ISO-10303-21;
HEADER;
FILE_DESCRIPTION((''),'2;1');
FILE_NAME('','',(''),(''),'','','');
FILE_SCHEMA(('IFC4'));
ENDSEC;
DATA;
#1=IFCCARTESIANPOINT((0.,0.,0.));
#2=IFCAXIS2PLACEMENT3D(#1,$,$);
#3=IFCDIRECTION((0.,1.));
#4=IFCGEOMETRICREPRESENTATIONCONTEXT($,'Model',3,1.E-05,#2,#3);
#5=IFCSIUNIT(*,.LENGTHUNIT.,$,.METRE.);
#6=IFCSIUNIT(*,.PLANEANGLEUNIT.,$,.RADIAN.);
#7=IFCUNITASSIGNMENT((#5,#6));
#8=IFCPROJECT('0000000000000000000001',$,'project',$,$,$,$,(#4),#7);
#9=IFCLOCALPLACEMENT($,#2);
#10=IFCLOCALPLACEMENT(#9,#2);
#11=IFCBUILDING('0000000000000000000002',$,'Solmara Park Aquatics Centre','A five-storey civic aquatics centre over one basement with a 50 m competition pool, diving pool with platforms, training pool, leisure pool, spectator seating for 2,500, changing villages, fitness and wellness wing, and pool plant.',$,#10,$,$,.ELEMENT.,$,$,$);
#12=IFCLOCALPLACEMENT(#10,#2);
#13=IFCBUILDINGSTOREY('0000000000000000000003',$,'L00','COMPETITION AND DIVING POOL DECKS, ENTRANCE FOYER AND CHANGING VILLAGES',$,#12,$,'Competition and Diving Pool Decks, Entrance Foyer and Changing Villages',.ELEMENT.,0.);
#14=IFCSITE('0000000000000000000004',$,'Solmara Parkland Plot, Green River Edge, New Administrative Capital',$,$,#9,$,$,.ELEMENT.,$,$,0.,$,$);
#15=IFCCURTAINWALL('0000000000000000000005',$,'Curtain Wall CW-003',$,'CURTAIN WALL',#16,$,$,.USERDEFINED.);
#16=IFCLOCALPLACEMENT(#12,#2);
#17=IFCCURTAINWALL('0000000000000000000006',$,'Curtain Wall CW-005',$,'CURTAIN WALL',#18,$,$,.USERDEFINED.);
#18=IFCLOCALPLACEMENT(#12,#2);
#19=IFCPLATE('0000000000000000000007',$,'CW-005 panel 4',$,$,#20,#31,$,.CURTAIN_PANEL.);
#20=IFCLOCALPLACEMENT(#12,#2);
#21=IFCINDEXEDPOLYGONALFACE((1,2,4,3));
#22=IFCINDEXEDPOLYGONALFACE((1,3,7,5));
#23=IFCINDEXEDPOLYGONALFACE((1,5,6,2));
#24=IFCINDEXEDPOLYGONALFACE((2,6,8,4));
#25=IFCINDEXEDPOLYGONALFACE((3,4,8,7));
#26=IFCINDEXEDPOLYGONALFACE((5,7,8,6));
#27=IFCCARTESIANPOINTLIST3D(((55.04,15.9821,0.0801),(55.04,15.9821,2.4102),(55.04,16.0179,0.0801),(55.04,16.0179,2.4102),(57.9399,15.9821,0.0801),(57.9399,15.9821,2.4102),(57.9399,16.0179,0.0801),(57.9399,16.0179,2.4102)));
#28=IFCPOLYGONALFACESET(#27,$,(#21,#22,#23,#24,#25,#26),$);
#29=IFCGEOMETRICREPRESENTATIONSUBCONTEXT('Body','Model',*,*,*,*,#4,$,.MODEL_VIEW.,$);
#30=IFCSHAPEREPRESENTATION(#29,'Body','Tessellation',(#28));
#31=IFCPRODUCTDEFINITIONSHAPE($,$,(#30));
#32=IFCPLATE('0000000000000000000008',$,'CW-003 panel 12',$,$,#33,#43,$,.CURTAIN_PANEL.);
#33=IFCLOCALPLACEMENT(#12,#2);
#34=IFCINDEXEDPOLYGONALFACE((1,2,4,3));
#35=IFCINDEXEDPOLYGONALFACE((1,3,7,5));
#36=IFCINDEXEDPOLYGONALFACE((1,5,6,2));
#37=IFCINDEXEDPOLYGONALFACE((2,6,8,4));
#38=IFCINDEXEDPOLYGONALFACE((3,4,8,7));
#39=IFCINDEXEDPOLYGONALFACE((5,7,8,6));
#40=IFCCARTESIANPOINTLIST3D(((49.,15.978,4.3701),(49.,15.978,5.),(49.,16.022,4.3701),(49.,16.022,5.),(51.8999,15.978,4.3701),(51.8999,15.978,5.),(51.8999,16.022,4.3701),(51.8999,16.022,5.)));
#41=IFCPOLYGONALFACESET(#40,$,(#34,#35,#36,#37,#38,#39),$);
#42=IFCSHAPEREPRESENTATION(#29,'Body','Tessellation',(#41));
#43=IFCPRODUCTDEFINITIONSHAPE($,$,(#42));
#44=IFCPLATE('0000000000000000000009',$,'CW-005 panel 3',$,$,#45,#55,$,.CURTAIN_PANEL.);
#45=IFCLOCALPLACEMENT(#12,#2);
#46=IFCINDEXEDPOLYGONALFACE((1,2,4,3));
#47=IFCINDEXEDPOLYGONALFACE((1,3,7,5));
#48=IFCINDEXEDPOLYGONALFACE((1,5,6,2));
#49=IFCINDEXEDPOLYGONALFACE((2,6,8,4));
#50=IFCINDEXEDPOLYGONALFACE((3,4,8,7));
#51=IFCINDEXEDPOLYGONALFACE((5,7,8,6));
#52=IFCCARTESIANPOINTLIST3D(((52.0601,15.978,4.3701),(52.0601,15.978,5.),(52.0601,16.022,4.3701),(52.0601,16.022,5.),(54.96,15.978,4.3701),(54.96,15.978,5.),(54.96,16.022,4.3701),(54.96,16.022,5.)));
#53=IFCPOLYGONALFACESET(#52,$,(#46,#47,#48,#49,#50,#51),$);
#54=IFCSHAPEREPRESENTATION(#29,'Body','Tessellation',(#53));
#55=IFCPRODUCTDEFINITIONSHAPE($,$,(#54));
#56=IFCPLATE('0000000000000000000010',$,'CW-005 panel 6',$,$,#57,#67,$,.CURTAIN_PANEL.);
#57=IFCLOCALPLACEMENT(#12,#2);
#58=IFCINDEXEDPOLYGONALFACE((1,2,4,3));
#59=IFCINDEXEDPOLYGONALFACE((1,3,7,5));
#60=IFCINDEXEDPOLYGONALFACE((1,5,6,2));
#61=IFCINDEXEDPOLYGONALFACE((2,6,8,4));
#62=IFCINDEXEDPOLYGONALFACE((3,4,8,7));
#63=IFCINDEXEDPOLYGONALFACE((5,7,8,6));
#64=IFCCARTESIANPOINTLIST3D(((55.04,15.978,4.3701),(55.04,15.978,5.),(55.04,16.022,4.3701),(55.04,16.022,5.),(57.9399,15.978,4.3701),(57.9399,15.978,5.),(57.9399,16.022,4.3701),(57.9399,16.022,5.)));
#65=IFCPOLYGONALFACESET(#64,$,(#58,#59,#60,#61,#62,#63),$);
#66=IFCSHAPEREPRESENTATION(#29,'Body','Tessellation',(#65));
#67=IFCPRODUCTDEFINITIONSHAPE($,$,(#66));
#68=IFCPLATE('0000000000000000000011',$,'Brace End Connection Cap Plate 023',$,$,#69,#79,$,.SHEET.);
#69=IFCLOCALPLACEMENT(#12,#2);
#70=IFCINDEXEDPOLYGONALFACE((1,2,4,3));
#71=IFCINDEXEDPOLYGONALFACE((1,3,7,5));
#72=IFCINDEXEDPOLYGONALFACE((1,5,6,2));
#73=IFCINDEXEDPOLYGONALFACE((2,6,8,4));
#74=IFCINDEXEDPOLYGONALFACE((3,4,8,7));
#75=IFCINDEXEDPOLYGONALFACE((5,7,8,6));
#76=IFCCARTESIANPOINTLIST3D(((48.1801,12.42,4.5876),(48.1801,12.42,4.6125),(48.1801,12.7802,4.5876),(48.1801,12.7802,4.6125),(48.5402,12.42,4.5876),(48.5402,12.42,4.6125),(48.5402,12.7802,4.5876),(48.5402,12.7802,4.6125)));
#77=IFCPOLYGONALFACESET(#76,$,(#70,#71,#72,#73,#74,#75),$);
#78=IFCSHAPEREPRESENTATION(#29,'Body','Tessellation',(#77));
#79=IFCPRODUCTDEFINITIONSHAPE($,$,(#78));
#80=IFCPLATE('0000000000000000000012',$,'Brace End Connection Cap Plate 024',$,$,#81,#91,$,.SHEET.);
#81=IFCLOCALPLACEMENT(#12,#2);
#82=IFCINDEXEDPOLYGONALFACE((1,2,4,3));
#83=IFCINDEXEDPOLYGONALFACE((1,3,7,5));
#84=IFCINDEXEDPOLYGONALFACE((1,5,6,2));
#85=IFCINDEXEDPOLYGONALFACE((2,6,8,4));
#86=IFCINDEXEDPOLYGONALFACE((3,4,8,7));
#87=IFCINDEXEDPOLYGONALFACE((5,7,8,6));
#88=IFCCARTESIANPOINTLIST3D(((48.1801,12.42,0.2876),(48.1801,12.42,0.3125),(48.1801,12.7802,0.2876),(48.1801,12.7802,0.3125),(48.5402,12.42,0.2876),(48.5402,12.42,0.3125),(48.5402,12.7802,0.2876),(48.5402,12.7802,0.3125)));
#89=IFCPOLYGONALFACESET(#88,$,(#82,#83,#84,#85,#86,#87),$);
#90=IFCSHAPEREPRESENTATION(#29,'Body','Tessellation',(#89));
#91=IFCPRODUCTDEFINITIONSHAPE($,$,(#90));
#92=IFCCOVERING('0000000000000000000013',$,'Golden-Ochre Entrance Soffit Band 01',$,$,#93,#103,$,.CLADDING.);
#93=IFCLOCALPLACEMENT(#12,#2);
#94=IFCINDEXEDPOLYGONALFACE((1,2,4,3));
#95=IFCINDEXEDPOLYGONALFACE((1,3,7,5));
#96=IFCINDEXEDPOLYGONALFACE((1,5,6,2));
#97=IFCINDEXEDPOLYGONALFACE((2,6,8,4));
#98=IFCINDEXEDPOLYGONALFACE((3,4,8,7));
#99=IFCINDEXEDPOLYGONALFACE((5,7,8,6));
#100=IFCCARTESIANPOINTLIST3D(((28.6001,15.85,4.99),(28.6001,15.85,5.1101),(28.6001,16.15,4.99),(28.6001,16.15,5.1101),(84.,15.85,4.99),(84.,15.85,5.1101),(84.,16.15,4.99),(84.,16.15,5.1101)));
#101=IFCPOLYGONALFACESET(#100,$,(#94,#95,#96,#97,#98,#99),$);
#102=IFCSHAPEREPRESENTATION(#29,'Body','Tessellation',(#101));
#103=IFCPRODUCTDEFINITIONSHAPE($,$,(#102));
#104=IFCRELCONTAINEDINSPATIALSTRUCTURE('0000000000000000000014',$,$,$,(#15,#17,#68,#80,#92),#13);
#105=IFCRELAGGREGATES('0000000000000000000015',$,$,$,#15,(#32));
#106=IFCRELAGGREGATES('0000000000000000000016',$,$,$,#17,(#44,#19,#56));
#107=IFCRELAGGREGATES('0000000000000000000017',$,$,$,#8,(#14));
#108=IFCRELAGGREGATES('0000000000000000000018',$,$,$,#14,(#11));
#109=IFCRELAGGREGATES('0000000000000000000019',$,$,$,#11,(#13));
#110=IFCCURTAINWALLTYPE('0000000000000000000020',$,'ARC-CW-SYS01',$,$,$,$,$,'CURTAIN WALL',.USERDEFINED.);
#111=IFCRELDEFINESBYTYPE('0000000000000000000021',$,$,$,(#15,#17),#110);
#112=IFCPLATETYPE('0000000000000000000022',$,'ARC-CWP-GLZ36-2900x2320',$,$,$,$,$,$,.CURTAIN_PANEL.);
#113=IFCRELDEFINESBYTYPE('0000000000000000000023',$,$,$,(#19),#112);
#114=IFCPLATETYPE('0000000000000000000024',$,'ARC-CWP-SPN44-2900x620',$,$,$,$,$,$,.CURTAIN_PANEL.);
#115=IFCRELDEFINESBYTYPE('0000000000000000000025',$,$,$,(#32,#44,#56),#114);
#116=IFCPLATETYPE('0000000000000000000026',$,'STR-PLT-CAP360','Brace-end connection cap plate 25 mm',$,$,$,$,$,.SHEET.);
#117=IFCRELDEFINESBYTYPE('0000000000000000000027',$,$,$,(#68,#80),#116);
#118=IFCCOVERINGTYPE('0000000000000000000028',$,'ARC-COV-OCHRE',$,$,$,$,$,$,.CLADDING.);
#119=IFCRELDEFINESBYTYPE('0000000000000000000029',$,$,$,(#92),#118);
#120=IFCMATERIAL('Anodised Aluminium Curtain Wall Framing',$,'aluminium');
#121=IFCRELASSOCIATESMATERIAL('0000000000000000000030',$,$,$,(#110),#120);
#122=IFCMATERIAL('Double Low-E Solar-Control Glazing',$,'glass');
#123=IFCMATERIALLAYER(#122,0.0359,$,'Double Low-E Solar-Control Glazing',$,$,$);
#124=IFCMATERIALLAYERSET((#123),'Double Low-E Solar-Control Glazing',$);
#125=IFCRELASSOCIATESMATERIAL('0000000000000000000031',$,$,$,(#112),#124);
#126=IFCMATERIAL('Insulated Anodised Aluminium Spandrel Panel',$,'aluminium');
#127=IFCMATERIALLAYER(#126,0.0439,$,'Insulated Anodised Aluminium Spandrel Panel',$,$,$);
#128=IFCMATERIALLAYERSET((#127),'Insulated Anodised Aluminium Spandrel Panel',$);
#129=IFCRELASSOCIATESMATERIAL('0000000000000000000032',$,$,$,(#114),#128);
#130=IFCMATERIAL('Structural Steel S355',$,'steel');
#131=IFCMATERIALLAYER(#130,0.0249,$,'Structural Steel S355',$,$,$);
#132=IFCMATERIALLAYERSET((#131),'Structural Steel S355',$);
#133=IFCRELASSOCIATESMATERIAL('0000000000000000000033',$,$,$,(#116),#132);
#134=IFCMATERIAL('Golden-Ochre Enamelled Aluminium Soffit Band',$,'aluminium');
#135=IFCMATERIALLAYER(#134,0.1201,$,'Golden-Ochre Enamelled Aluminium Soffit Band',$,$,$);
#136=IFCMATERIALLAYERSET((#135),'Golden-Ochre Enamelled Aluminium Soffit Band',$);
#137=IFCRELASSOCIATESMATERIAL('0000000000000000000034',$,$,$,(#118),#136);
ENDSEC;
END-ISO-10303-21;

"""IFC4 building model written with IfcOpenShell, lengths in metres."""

from ifc_helpers import new_model, si_unit, direction, frame, origin, origin_2d, place, context, subcontext, project, spatial, rectangle, extrude, material, layer, layer_set, type_object, element, aggregate, save


model = new_model("IFC4")

# Units and contexts
model_context = context("Model", 3, precision=1e-05, world=origin(), true_north=direction((0.0, 1.0)))
body_context = subcontext(model_context, "Body", "Model", "MODEL_VIEW")
ifc_project = project(units=[si_unit("LENGTHUNIT", "METRE"), si_unit("PLANEANGLEUNIT", "RADIAN")], contexts=[model_context])

# Site, building, storey
site_placement = place(None, origin())
site = spatial("IfcSite", under=ifc_project, at=site_placement, Name="Solmara Parkland Plot, Green River Edge, New Administrative Capital", CompositionType="ELEMENT", RefElevation=0.0)
building_placement = place(site_placement, origin())
building = spatial("IfcBuilding", under=site, at=building_placement, Name="Solmara Park Aquatics Centre", Description="A five-storey civic aquatics centre over one basement with a 50 m competition pool, diving pool with platforms, training pool, leisure pool, spectator seating for 2,500, changing villages, fitness and wellness wing, and pool plant.", CompositionType="ELEMENT")
storey_placement = place(building_placement, origin())
storey = spatial("IfcBuildingStorey", under=building, at=storey_placement, Name="L00", Description="COMPETITION AND DIVING POOL DECKS, ENTRANCE FOYER AND CHANGING VILLAGES", LongName="Competition and Diving Pool Decks, Entrance Foyer and Changing Villages", CompositionType="ELEMENT", Elevation=0.0)

# Shared definitions
ifc_material_1 = material(Name="Structural Steel S355", Category="steel")

# Curtain walls
ifc_material_2 = material(Name="Anodised Aluminium Curtain Wall Framing", Category="aluminium")
curtain_wall_type = type_object("IfcCurtainWallType", Name="ARC-CW-SYS01", ElementType="CURTAIN WALL", PredefinedType="USERDEFINED", material=ifc_material_2)
curtain_wall_1_placement = place(storey_placement, origin())
curtain_wall_1 = element("IfcCurtainWall", 1, at=curtain_wall_1_placement, inside=storey, type_object=curtain_wall_type, Name="Curtain Wall CW-003", ObjectType="CURTAIN WALL", PredefinedType="USERDEFINED")
curtain_wall_2_placement = place(storey_placement, origin())
curtain_wall_2 = element("IfcCurtainWall", 2, at=curtain_wall_2_placement, inside=storey, type_object=curtain_wall_type, Name="Curtain Wall CW-005", ObjectType="CURTAIN WALL", PredefinedType="USERDEFINED")

# Plates
ifc_material_3 = material(Name="Double Low-E Solar-Control Glazing", Category="glass")
ifc_layer_1 = layer(ifc_material_3, 0.0359, Name="Double Low-E Solar-Control Glazing")
ifc_layer_set_1 = layer_set([ifc_layer_1], Name="Double Low-E Solar-Control Glazing")
plate_type_1 = type_object("IfcPlateType", Name="ARC-CWP-GLZ36-2900x2320", PredefinedType="CURTAIN_PANEL", material=ifc_layer_set_1)
plate_1_placement = place(storey_placement, frame((56.49, 16.0, 0.0801), z_axis=(0.0, 0.0, 1.0), x_axis=(1.0, 0.0, 0.0)))
plate_1 = element("IfcPlate", 3, at=plate_1_placement, type_object=plate_type_1, Name="CW-005 panel 4", PredefinedType="CURTAIN_PANEL", context=body_context, shape_type="SweptSolid", body=[
    extrude(rectangle(XDim=2.8999, YDim=0.0359, at=origin_2d()), origin(), (0.0, 0.0, 1.0), 2.3301),
])
ifc_material_4 = material(Name="Insulated Anodised Aluminium Spandrel Panel", Category="aluminium")
ifc_layer_2 = layer(ifc_material_4, 0.0439, Name="Insulated Anodised Aluminium Spandrel Panel")
ifc_layer_set_2 = layer_set([ifc_layer_2], Name="Insulated Anodised Aluminium Spandrel Panel")
plate_type_2 = type_object("IfcPlateType", Name="ARC-CWP-SPN44-2900x620", PredefinedType="CURTAIN_PANEL", material=ifc_layer_set_2)
plate_2_placement = place(storey_placement, frame((50.45, 16.0, 4.3701), z_axis=(0.0, 0.0, 1.0), x_axis=(1.0, 0.0, 0.0)))
plate_2 = element("IfcPlate", 4, at=plate_2_placement, type_object=plate_type_2, Name="CW-003 panel 12", PredefinedType="CURTAIN_PANEL", context=body_context, shape_type="SweptSolid", body=[
    extrude(rectangle(XDim=2.8999, YDim=0.0439, at=origin_2d()), origin(), (0.0, 0.0, 1.0), 0.6299),
])
aggregate(curtain_wall_1, [plate_2])
plate_3_placement = place(storey_placement, frame((53.51, 16.0, 4.3701), z_axis=(0.0, 0.0, 1.0), x_axis=(1.0, 0.0, 0.0)))
plate_3 = element("IfcPlate", 5, at=plate_3_placement, type_object=plate_type_2, Name="CW-005 panel 3", PredefinedType="CURTAIN_PANEL", context=body_context, shape_type="SweptSolid", body=[
    extrude(rectangle(XDim=2.8999, YDim=0.0439, at=origin_2d()), origin(), (0.0, 0.0, 1.0), 0.6299),
])
plate_4_placement = place(storey_placement, frame((56.49, 16.0, 4.3701), z_axis=(0.0, 0.0, 1.0), x_axis=(1.0, 0.0, 0.0)))
plate_4 = element("IfcPlate", 6, at=plate_4_placement, type_object=plate_type_2, Name="CW-005 panel 6", PredefinedType="CURTAIN_PANEL", context=body_context, shape_type="SweptSolid", body=[
    extrude(rectangle(XDim=2.8999, YDim=0.0439, at=origin_2d()), origin(), (0.0, 0.0, 1.0), 0.6299),
])
aggregate(curtain_wall_2, [plate_3, plate_1, plate_4])

# Plates
ifc_layer_3 = layer(ifc_material_1, 0.0249, Name="Structural Steel S355")
ifc_layer_set_3 = layer_set([ifc_layer_3], Name="Structural Steel S355")
plate_type_3 = type_object("IfcPlateType", Name="STR-PLT-CAP360", Description="Brace-end connection cap plate 25 mm", PredefinedType="SHEET", material=ifc_layer_set_3)
for number, where, z_axis, x_axis, name in (
    (7, (48.3601, 12.6001, 4.5876), (0.0, 0.0, 1.0), (1.0, 0.0, 0.0), "Brace End Connection Cap Plate 023"),
    (8, (48.3601, 12.6001, 0.2876), (0.0, 0.0, 1.0), (1.0, 0.0, 0.0), "Brace End Connection Cap Plate 024"),
):
    element("IfcPlate", number, at=place(storey_placement, frame(where, z_axis=z_axis, x_axis=x_axis)), inside=storey, type_object=plate_type_3, Name=name, PredefinedType="SHEET", context=body_context, shape_type="SweptSolid", body=[
        extrude(rectangle(XDim=0.3601, YDim=0.3601, at=origin_2d()), origin(), (0.0, 0.0, 1.0), 0.0249),
    ])

# Covering
ifc_material_5 = material(Name="Golden-Ochre Enamelled Aluminium Soffit Band", Category="aluminium")
ifc_layer_4 = layer(ifc_material_5, 0.1201, Name="Golden-Ochre Enamelled Aluminium Soffit Band")
ifc_layer_set_4 = layer_set([ifc_layer_4], Name="Golden-Ochre Enamelled Aluminium Soffit Band")
covering_type = type_object("IfcCoveringType", Name="ARC-COV-OCHRE", PredefinedType="CLADDING", material=ifc_layer_set_4)
covering_placement = place(storey_placement, frame((56.3, 16.0, 4.99), z_axis=(0.0, 0.0, 1.0), x_axis=(1.0, 0.0, 0.0)))
element("IfcCovering", 9, at=covering_placement, inside=storey, type_object=covering_type, Name="Golden-Ochre Entrance Soffit Band 01", PredefinedType="CLADDING", context=body_context, shape_type="SweptSolid", body=[
    extrude(rectangle(XDim=55.3999, YDim=0.3, at=origin_2d()), origin(), (0.0, 0.0, 1.0), 0.1201),
])

save(model, "model.ifc")
